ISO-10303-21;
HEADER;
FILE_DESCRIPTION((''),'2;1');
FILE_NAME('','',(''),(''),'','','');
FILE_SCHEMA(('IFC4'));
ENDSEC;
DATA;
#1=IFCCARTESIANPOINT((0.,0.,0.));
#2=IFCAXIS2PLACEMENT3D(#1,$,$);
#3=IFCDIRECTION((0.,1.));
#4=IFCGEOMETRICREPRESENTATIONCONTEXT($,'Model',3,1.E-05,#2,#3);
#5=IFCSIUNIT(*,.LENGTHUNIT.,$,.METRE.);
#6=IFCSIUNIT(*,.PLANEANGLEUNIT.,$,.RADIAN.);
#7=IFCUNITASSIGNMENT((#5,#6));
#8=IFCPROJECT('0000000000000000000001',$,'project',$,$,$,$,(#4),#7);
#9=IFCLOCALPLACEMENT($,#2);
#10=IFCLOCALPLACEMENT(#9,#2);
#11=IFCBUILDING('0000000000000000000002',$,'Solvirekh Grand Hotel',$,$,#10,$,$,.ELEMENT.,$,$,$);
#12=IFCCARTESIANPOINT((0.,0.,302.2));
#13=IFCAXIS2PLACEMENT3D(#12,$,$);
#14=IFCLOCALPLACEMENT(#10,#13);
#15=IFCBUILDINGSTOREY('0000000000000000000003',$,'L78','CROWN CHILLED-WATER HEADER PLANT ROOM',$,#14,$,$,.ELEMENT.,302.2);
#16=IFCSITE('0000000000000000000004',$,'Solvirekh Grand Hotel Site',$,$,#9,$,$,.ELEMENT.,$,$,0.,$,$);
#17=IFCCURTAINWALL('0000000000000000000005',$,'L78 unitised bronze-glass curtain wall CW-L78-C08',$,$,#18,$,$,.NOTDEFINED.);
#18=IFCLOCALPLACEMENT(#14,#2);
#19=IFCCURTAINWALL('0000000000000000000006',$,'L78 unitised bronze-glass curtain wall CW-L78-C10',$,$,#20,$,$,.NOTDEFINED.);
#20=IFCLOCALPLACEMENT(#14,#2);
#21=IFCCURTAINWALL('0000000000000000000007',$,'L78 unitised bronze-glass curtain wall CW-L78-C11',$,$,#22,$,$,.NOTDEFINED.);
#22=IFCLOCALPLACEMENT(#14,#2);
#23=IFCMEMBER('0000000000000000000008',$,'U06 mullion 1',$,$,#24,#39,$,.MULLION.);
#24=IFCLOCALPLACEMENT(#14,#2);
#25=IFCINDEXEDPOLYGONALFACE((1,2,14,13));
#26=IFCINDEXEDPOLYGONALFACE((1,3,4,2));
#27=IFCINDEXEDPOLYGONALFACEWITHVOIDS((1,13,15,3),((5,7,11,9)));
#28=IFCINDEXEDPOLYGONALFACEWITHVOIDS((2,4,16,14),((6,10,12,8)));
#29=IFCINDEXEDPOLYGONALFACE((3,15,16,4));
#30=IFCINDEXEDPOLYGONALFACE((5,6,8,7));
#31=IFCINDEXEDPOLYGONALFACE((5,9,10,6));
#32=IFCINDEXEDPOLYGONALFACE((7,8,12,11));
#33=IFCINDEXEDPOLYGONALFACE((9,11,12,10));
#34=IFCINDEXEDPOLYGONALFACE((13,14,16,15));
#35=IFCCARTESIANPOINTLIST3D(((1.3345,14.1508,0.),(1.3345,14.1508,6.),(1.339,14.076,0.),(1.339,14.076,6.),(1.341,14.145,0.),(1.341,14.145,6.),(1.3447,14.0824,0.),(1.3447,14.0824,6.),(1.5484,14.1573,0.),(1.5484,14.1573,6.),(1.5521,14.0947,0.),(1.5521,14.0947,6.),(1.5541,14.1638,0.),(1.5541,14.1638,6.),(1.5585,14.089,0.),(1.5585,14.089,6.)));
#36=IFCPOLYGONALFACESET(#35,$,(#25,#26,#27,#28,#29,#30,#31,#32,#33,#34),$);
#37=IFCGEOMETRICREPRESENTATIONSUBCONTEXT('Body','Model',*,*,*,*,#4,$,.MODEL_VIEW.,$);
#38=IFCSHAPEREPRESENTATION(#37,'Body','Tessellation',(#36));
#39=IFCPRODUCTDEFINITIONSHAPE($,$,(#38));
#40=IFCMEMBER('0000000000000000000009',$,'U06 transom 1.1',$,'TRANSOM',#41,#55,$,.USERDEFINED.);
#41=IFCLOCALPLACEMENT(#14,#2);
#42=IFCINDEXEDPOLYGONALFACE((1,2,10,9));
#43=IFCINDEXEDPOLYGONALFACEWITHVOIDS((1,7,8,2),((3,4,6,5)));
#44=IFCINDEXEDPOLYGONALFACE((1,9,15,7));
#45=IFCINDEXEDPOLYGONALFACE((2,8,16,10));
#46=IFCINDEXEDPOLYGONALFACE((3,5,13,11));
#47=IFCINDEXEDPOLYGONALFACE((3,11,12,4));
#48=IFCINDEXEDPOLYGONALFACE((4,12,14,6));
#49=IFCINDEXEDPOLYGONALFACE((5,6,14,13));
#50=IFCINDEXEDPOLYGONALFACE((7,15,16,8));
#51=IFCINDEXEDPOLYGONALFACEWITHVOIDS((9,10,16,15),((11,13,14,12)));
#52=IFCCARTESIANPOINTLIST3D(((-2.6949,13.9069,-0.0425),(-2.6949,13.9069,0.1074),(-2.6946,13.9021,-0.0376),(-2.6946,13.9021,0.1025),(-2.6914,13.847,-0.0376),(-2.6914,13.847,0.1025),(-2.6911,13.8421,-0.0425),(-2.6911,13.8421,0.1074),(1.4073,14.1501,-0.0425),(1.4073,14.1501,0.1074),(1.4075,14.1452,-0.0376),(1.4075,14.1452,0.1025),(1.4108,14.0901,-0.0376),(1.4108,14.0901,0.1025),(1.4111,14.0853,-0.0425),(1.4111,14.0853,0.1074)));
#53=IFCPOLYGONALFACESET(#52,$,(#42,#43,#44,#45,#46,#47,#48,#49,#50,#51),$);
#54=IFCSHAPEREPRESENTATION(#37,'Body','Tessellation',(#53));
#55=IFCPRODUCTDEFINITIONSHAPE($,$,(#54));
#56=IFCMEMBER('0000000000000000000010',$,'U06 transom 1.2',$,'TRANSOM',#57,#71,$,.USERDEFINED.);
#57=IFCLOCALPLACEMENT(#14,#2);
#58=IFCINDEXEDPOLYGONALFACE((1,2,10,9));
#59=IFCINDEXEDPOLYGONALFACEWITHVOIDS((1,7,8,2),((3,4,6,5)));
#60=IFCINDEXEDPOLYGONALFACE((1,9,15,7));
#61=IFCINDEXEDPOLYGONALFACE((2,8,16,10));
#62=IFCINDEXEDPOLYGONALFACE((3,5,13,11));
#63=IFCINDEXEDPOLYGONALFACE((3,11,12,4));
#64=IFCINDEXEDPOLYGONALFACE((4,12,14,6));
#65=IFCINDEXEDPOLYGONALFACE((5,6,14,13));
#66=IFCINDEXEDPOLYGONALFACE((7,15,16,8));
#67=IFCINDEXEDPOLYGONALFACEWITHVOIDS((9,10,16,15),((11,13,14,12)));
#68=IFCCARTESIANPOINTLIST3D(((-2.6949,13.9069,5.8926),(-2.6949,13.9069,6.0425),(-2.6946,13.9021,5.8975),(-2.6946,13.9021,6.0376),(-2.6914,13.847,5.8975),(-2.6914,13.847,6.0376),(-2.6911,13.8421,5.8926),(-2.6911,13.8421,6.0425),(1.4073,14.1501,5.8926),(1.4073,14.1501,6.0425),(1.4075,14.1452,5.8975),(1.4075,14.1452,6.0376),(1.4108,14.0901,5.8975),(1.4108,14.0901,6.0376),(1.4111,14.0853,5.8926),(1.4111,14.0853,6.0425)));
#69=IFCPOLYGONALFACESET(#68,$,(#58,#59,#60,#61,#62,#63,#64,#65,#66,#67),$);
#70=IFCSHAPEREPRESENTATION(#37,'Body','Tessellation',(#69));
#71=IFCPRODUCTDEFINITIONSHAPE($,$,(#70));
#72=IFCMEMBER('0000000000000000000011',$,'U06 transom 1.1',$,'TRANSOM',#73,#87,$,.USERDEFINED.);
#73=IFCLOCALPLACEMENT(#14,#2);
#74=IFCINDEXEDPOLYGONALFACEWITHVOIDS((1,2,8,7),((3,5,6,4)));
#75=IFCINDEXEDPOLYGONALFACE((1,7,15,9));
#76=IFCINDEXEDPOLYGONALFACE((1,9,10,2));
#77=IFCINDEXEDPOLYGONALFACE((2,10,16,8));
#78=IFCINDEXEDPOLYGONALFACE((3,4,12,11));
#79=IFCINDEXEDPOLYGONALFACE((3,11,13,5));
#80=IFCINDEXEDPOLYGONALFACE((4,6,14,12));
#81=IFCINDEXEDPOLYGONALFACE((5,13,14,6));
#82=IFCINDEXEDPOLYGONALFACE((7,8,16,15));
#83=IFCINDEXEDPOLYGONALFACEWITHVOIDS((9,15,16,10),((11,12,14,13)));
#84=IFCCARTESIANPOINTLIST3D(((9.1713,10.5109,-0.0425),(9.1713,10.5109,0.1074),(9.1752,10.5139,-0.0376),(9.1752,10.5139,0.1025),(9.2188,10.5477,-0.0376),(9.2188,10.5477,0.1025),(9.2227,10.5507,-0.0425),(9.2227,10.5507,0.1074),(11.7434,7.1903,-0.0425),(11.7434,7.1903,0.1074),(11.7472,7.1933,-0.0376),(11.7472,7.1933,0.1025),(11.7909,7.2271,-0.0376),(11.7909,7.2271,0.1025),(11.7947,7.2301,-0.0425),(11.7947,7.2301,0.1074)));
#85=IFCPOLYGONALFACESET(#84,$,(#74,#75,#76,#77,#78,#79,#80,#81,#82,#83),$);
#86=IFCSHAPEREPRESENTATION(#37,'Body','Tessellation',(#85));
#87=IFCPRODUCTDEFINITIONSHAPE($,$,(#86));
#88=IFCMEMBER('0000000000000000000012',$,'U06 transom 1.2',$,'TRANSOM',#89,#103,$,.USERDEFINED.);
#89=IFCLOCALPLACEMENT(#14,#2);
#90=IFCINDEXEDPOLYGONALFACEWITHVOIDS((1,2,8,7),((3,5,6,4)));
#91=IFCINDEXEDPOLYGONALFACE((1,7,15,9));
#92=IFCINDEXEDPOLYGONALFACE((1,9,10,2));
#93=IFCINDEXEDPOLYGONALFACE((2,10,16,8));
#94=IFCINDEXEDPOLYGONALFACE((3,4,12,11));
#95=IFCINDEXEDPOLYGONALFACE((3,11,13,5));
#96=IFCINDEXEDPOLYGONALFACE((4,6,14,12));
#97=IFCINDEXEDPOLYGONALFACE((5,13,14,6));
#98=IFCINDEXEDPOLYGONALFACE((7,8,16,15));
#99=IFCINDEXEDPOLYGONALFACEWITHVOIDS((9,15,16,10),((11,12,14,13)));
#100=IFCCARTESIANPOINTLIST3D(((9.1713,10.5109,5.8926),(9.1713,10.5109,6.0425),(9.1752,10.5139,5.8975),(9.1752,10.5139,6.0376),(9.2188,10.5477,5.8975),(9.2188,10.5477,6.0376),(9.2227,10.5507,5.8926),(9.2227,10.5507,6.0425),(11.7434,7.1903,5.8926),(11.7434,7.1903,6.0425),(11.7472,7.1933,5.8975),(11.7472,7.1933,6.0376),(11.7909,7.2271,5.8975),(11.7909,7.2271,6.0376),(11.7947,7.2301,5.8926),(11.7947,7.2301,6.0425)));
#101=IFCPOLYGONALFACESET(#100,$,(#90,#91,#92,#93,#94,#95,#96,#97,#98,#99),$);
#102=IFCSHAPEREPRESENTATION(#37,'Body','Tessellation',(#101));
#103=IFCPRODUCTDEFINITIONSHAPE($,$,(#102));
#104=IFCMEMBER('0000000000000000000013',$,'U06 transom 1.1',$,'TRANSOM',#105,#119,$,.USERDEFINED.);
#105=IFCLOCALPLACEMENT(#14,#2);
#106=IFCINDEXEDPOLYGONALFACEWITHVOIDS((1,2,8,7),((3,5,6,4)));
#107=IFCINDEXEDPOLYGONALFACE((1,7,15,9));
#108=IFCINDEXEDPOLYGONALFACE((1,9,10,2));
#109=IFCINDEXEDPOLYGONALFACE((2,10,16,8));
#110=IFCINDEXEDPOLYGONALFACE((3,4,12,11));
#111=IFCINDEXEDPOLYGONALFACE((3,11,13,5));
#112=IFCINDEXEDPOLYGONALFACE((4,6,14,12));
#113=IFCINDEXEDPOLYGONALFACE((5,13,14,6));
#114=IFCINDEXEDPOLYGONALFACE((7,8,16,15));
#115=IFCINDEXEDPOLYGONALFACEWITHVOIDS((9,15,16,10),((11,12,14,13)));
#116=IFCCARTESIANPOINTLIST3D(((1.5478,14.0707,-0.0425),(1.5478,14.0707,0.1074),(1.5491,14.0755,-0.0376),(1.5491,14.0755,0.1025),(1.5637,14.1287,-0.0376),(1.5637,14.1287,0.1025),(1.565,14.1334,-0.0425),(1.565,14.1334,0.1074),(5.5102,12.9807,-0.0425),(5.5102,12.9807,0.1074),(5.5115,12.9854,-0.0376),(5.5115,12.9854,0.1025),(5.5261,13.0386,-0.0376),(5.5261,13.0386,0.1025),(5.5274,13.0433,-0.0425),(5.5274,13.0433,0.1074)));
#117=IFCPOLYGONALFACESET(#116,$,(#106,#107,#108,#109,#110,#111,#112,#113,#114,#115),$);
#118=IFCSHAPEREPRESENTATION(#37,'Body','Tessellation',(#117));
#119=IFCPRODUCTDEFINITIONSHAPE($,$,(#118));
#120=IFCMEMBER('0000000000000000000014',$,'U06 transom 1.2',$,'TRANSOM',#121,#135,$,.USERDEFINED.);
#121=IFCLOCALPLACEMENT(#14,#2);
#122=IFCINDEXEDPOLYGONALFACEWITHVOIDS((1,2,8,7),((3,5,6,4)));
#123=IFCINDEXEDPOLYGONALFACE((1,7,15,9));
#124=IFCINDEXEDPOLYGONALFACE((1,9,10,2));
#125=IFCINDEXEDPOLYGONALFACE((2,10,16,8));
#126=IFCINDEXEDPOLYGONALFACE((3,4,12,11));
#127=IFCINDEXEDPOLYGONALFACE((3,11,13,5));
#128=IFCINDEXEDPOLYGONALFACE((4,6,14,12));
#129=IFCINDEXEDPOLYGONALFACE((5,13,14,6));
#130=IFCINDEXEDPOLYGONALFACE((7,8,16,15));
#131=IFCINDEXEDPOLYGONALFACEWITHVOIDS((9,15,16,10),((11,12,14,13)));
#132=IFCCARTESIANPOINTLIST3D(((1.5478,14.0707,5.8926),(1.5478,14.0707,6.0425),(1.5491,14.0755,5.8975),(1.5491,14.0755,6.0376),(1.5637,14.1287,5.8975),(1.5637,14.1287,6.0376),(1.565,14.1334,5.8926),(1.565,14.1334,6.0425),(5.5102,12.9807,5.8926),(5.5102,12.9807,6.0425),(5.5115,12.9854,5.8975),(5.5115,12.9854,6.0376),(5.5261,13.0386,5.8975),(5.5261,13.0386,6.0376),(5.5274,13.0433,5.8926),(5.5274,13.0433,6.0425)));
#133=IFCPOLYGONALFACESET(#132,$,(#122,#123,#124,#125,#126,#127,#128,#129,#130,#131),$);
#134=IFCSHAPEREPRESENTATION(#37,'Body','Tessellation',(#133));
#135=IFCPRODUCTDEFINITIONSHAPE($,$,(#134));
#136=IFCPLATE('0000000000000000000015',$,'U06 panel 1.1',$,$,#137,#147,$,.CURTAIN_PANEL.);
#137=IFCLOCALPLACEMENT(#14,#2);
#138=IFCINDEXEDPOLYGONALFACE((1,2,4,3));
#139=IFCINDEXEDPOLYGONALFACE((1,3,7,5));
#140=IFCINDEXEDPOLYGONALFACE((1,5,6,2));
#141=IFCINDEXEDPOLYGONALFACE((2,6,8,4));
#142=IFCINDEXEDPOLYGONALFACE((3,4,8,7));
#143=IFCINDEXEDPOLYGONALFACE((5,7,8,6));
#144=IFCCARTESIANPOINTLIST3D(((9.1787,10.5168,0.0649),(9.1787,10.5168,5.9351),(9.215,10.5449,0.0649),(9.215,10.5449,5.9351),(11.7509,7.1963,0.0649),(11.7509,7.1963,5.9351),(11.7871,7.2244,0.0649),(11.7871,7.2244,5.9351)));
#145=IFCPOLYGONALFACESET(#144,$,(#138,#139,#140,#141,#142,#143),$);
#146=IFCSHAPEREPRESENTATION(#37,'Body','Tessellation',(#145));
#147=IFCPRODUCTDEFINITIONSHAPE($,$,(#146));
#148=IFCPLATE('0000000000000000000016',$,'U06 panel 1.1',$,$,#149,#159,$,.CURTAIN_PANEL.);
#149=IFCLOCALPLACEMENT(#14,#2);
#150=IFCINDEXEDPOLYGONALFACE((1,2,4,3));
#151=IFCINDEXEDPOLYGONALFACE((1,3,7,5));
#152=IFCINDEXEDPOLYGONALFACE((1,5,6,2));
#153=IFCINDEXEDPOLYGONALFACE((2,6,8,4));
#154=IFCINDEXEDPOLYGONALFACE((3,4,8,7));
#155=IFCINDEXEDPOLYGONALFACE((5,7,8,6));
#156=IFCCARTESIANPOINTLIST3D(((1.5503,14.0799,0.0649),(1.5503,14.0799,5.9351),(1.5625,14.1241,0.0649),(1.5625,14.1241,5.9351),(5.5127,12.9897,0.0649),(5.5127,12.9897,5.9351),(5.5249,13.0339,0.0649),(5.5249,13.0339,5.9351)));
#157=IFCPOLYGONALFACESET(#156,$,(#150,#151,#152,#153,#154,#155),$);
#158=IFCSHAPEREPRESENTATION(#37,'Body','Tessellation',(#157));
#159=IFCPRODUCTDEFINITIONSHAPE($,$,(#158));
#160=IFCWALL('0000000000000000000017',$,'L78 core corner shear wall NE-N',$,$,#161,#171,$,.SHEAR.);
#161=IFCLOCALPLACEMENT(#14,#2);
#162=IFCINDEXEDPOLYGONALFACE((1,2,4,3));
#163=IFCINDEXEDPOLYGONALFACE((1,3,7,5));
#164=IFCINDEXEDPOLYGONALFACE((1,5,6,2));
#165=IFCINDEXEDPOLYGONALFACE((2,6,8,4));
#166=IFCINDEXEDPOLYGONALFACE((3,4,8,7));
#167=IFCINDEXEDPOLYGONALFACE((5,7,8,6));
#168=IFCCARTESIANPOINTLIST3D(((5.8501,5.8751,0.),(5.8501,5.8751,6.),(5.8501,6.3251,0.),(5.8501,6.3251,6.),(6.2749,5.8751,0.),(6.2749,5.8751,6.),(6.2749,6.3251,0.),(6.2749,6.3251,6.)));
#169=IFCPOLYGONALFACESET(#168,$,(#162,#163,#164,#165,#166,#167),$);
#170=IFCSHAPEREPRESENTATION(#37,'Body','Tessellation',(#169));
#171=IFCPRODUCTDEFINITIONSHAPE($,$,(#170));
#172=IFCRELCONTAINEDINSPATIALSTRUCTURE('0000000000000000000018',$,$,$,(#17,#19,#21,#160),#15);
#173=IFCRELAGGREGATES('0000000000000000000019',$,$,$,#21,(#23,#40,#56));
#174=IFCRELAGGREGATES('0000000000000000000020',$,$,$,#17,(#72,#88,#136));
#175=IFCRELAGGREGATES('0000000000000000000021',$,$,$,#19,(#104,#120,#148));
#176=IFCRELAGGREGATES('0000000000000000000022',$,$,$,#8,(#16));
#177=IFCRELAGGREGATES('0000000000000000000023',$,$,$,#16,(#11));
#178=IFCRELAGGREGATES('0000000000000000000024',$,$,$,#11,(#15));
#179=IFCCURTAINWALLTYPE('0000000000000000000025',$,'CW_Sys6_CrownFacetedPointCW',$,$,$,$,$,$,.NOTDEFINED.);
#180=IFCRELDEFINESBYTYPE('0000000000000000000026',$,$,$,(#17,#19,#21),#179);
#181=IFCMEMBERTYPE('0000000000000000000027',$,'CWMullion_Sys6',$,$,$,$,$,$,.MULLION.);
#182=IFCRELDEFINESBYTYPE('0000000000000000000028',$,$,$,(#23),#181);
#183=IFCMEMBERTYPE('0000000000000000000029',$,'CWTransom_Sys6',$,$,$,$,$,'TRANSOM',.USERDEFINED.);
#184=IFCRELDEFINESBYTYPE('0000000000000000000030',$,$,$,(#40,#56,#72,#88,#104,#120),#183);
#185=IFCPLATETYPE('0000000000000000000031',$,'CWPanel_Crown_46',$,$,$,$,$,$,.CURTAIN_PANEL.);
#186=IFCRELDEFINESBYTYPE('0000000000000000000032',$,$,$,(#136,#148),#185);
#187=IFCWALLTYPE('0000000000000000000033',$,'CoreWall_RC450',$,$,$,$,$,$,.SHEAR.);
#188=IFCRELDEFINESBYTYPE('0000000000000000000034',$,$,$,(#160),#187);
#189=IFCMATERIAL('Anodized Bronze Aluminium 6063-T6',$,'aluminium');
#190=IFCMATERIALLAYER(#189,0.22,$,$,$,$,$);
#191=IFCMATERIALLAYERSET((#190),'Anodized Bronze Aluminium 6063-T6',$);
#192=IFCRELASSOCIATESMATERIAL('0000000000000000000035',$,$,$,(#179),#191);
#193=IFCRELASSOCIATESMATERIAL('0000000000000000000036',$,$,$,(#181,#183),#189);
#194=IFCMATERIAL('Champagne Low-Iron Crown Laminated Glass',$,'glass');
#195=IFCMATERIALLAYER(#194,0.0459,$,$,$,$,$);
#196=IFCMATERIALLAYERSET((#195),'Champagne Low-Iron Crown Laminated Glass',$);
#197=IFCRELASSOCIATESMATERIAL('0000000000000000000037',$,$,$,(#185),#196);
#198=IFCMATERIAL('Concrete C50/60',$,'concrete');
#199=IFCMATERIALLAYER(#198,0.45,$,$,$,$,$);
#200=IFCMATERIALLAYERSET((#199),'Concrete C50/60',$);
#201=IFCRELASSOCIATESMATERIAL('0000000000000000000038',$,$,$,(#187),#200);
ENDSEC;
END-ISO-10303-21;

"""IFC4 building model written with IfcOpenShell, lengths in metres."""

from ifc_helpers import new_model, si_unit, direction, frame, frame_2d, origin, origin_2d, place, context, subcontext, project, spatial, rectangle, hollow_rectangle, extrude, source, transform, mapped, material, layer, layer_set, material_profile, profile_set, type_object, element, aggregate, save


model = new_model("IFC4")

# Units and contexts
model_context = context("Model", 3, precision=1e-05, world=origin(), true_north=direction((0.0, 1.0)))
body_context = subcontext(model_context, "Body", "Model", "MODEL_VIEW")
ifc_project = project(units=[si_unit("LENGTHUNIT", "METRE"), si_unit("PLANEANGLEUNIT", "RADIAN")], contexts=[model_context])

# Site, building, storey
site_placement = place(None, origin())
site = spatial("IfcSite", under=ifc_project, at=site_placement, Name="Solvirekh Grand Hotel Site", CompositionType="ELEMENT", RefElevation=0.0)
building_placement = place(site_placement, origin())
building = spatial("IfcBuilding", under=site, at=building_placement, Name="Solvirekh Grand Hotel", CompositionType="ELEMENT")
storey_placement = place(building_placement, frame((0.0, 0.0, 302.2)))
storey = spatial("IfcBuildingStorey", under=building, at=storey_placement, Name="L78", Description="CROWN CHILLED-WATER HEADER PLANT ROOM", CompositionType="ELEMENT", Elevation=302.2)

# Shared definitions
ifc_material_1 = material(Name="Concrete C50/60", Category="concrete")

# Shared definitions
ifc_material_2 = material(Name="Anodized Bronze Aluminium 6063-T6", Category="aluminium")
ifc_layer_1 = layer(ifc_material_2, 0.22)
ifc_layer_set_1 = layer_set([ifc_layer_1], Name="Anodized Bronze Aluminium 6063-T6")
curtain_wall_type = type_object("IfcCurtainWallType", Name="CW_Sys6_CrownFacetedPointCW", PredefinedType="NOTDEFINED", material=ifc_layer_set_1)
ifc_material_profile_1 = material_profile(ifc_material_2, hollow_rectangle(XDim=0.075, YDim=0.22, WallThickness=0.0061, at=origin_2d()), Name="ALU RHS 220X75X6")
ifc_profile_set_1 = profile_set([ifc_material_profile_1], Name="Anodized Bronze Aluminium 6063-T6")
member_type_1 = type_object("IfcMemberType", Name="CWMullion_Sys6", PredefinedType="MULLION", material=ifc_profile_set_1)
shared_shape_1 = source(origin(), body_context, "Body", "SweptSolid", [
    extrude(hollow_rectangle(XDim=0.075, YDim=0.22, WallThickness=0.0061, at=origin_2d()), origin(), (0.0, 0.0, 1.0), 6.0),
])

# Curtain walls, members
curtain_wall_1_placement = place(storey_placement, origin())
curtain_wall_1 = element("IfcCurtainWall", 1, at=curtain_wall_1_placement, inside=storey, type_object=curtain_wall_type, Name="L78 unitised bronze-glass curtain wall CW-L78-C08", PredefinedType="NOTDEFINED")
curtain_wall_2_placement = place(storey_placement, origin())
curtain_wall_2 = element("IfcCurtainWall", 2, at=curtain_wall_2_placement, inside=storey, type_object=curtain_wall_type, Name="L78 unitised bronze-glass curtain wall CW-L78-C10", PredefinedType="NOTDEFINED")
curtain_wall_3_placement = place(storey_placement, origin())
curtain_wall_3 = element("IfcCurtainWall", 3, at=curtain_wall_3_placement, inside=storey, type_object=curtain_wall_type, Name="L78 unitised bronze-glass curtain wall CW-L78-C11", PredefinedType="NOTDEFINED")
member_1_placement = place(storey_placement, frame((1.4465, 14.1199, 0.0), z_axis=(0.0, 0.0, 1.0), x_axis=(0.059162, -0.998248, 0.0)))
member_1 = element("IfcMember", 4, at=member_1_placement, type_object=member_type_1, Name="U06 mullion 1", PredefinedType="MULLION", context=body_context, shape_type="MappedRepresentation", body=[
    mapped(shared_shape_1, transform((0.0, 0.0, 0.0), x_axis=(1.0, 0.0, 0.0), y_axis=(0.0, 1.0, 0.0), z_axis=(0.0, 0.0, 1.0), scale=1.0)),
])
ifc_material_profile_2 = material_profile(ifc_material_2, hollow_rectangle(XDim=0.0649, YDim=0.1499, WallThickness=0.0049, at=origin_2d()), Name="ALU RHS 150X65X5")
ifc_profile_set_2 = profile_set([ifc_material_profile_2], Name="Anodized Bronze Aluminium 6063-T6")
member_type_2 = type_object("IfcMemberType", Name="CWTransom_Sys6", ElementType="TRANSOM", PredefinedType="USERDEFINED", material=ifc_profile_set_2)
shared_shape_2 = source(origin(), body_context, "Body", "SweptSolid", [
    extrude(hollow_rectangle(XDim=0.0649, YDim=0.1499, WallThickness=0.0049, at=origin_2d()), origin(), (0.0, 0.0, 1.0), 4.1094),
])
member_2_placement = place(storey_placement, frame((1.4092, 14.1177, 0.0325), z_axis=(-0.998248, -0.059171, 0.0), x_axis=(0.059171, -0.998248, 0.0)))
member_2 = element("IfcMember", 5, at=member_2_placement, type_object=member_type_2, Name="U06 transom 1.1", ObjectType="TRANSOM", PredefinedType="USERDEFINED", context=body_context, shape_type="MappedRepresentation", body=[
    mapped(shared_shape_2, transform((0.0, 0.0, 0.0), x_axis=(1.0, 0.0, 0.0), y_axis=(0.0, 1.0, 0.0), z_axis=(0.0, 0.0, 1.0), scale=1.0)),
])
member_3_placement = place(storey_placement, frame((1.4092, 14.1177, 5.9675), z_axis=(-0.998248, -0.059171, 0.0), x_axis=(0.059171, -0.998248, 0.0)))
member_3 = element("IfcMember", 6, at=member_3_placement, type_object=member_type_2, Name="U06 transom 1.2", ObjectType="TRANSOM", PredefinedType="USERDEFINED", context=body_context, shape_type="MappedRepresentation", body=[
    mapped(shared_shape_2, transform((0.0, 0.0, 0.0), x_axis=(1.0, 0.0, 0.0), y_axis=(0.0, 1.0, 0.0), z_axis=(0.0, 0.0, 1.0), scale=1.0)),
])
aggregate(curtain_wall_3, [member_1, member_2, member_3])

# Members
shared_shape_3 = source(origin(), body_context, "Body", "SweptSolid", [
    extrude(hollow_rectangle(XDim=0.0649, YDim=0.1499, WallThickness=0.0049, at=origin_2d()), origin(), (0.0, 0.0, 1.0), 4.2002),
])
member_4_placement = place(storey_placement, frame((11.769, 7.2102, 0.0325), z_axis=(-0.612362, 0.790578, 0.0), x_axis=(-0.790578, -0.612362, 0.0)))
member_4 = element("IfcMember", 7, at=member_4_placement, type_object=member_type_2, Name="U06 transom 1.1", ObjectType="TRANSOM", PredefinedType="USERDEFINED", context=body_context, shape_type="MappedRepresentation", body=[
    mapped(shared_shape_3, transform((0.0, 0.0, 0.0), x_axis=(1.0, 0.0, 0.0), y_axis=(0.0, 1.0, 0.0), z_axis=(0.0, 0.0, 1.0), scale=1.0)),
])
member_5_placement = place(storey_placement, frame((11.769, 7.2102, 5.9675), z_axis=(-0.612362, 0.790578, 0.0), x_axis=(-0.790578, -0.612362, 0.0)))
member_5 = element("IfcMember", 8, at=member_5_placement, type_object=member_type_2, Name="U06 transom 1.2", ObjectType="TRANSOM", PredefinedType="USERDEFINED", context=body_context, shape_type="MappedRepresentation", body=[
    mapped(shared_shape_3, transform((0.0, 0.0, 0.0), x_axis=(1.0, 0.0, 0.0), y_axis=(0.0, 1.0, 0.0), z_axis=(0.0, 0.0, 1.0), scale=1.0)),
])
shared_shape_4 = source(origin(), body_context, "Body", "SweptSolid", [
    extrude(hollow_rectangle(XDim=0.0649, YDim=0.1499, WallThickness=0.0049, at=origin_2d()), origin(), (0.0, 0.0, 1.0), 4.1096),
])
member_6_placement = place(storey_placement, frame((5.5188, 13.012, 0.0325), z_axis=(-0.964179, 0.265253, 0.0), x_axis=(-0.265253, -0.964179, 0.0)))
member_6 = element("IfcMember", 9, at=member_6_placement, type_object=member_type_2, Name="U06 transom 1.1", ObjectType="TRANSOM", PredefinedType="USERDEFINED", context=body_context, shape_type="MappedRepresentation", body=[
    mapped(shared_shape_4, transform((0.0, 0.0, 0.0), x_axis=(1.0, 0.0, 0.0), y_axis=(0.0, 1.0, 0.0), z_axis=(0.0, 0.0, 1.0), scale=1.0)),
])
member_7_placement = place(storey_placement, frame((5.5188, 13.012, 5.9675), z_axis=(-0.964179, 0.265253, 0.0), x_axis=(-0.265253, -0.964179, 0.0)))
member_7 = element("IfcMember", 10, at=member_7_placement, type_object=member_type_2, Name="U06 transom 1.2", ObjectType="TRANSOM", PredefinedType="USERDEFINED", context=body_context, shape_type="MappedRepresentation", body=[
    mapped(shared_shape_4, transform((0.0, 0.0, 0.0), x_axis=(1.0, 0.0, 0.0), y_axis=(0.0, 1.0, 0.0), z_axis=(0.0, 0.0, 1.0), scale=1.0)),
])

# Plates
ifc_material_3 = material(Name="Champagne Low-Iron Crown Laminated Glass", Category="glass")
ifc_layer_2 = layer(ifc_material_3, 0.0459)
ifc_layer_set_2 = layer_set([ifc_layer_2], Name="Champagne Low-Iron Crown Laminated Glass")
plate_type = type_object("IfcPlateType", Name="CWPanel_Crown_46", PredefinedType="CURTAIN_PANEL", material=ifc_layer_set_2)
shared_shape_5 = source(origin(), body_context, "Body", "SweptSolid", [
    extrude(rectangle(XDim=4.2002, YDim=0.0459, at=origin_2d()), origin(), (0.0, 0.0, 1.0), 5.8701),
])
plate_1_placement = place(storey_placement, frame((10.4829, 8.8706, 0.0649), z_axis=(0.0, 0.0, 1.0), x_axis=(-0.612396, 0.790551, 0.0)))
plate_1 = element("IfcPlate", 11, at=plate_1_placement, type_object=plate_type, Name="U06 panel 1.1", PredefinedType="CURTAIN_PANEL", context=body_context, shape_type="MappedRepresentation", body=[
    mapped(shared_shape_5, transform((0.0, 0.0, 0.0), x_axis=(1.0, 0.0, 0.0), y_axis=(0.0, 1.0, 0.0), z_axis=(0.0, 0.0, 1.0), scale=1.0)),
])
aggregate(curtain_wall_1, [member_4, member_5, plate_1])
shared_shape_6 = source(origin(), body_context, "Body", "SweptSolid", [
    extrude(rectangle(XDim=4.1096, YDim=0.0459, at=origin_2d()), origin(), (0.0, 0.0, 1.0), 5.8701),
])
plate_2_placement = place(storey_placement, frame((3.5376, 13.5569, 0.0649), z_axis=(0.0, 0.0, 1.0), x_axis=(-0.964171, 0.265282, 0.0)))
plate_2 = element("IfcPlate", 12, at=plate_2_placement, type_object=plate_type, Name="U06 panel 1.1", PredefinedType="CURTAIN_PANEL", context=body_context, shape_type="MappedRepresentation", body=[
    mapped(shared_shape_6, transform((0.0, 0.0, 0.0), x_axis=(1.0, 0.0, 0.0), y_axis=(0.0, 1.0, 0.0), z_axis=(0.0, 0.0, 1.0), scale=1.0)),
])
aggregate(curtain_wall_2, [member_6, member_7, plate_2])

# Wall
ifc_layer_3 = layer(ifc_material_1, 0.45)
ifc_layer_set_3 = layer_set([ifc_layer_3], Name="Concrete C50/60")
wall_type_1 = type_object("IfcWallType", Name="CoreWall_RC450", PredefinedType="SHEAR", material=ifc_layer_set_3)
wall_1_placement = place(storey_placement, frame((5.8501, 6.1001, 0.0), z_axis=(0.0, 0.0, 1.0), x_axis=(1.0, 0.0, 0.0)))
element("IfcWall", 13, at=wall_1_placement, inside=storey, type_object=wall_type_1, Name="L78 core corner shear wall NE-N", PredefinedType="SHEAR", context=body_context, shape_type="SweptSolid", body=[
    extrude(rectangle(XDim=0.4248, YDim=0.45, at=frame_2d((0.2124, 0.0))), origin(), (0.0, 0.0, 1.0), 6.0),
])

save(model, "model.ifc")
